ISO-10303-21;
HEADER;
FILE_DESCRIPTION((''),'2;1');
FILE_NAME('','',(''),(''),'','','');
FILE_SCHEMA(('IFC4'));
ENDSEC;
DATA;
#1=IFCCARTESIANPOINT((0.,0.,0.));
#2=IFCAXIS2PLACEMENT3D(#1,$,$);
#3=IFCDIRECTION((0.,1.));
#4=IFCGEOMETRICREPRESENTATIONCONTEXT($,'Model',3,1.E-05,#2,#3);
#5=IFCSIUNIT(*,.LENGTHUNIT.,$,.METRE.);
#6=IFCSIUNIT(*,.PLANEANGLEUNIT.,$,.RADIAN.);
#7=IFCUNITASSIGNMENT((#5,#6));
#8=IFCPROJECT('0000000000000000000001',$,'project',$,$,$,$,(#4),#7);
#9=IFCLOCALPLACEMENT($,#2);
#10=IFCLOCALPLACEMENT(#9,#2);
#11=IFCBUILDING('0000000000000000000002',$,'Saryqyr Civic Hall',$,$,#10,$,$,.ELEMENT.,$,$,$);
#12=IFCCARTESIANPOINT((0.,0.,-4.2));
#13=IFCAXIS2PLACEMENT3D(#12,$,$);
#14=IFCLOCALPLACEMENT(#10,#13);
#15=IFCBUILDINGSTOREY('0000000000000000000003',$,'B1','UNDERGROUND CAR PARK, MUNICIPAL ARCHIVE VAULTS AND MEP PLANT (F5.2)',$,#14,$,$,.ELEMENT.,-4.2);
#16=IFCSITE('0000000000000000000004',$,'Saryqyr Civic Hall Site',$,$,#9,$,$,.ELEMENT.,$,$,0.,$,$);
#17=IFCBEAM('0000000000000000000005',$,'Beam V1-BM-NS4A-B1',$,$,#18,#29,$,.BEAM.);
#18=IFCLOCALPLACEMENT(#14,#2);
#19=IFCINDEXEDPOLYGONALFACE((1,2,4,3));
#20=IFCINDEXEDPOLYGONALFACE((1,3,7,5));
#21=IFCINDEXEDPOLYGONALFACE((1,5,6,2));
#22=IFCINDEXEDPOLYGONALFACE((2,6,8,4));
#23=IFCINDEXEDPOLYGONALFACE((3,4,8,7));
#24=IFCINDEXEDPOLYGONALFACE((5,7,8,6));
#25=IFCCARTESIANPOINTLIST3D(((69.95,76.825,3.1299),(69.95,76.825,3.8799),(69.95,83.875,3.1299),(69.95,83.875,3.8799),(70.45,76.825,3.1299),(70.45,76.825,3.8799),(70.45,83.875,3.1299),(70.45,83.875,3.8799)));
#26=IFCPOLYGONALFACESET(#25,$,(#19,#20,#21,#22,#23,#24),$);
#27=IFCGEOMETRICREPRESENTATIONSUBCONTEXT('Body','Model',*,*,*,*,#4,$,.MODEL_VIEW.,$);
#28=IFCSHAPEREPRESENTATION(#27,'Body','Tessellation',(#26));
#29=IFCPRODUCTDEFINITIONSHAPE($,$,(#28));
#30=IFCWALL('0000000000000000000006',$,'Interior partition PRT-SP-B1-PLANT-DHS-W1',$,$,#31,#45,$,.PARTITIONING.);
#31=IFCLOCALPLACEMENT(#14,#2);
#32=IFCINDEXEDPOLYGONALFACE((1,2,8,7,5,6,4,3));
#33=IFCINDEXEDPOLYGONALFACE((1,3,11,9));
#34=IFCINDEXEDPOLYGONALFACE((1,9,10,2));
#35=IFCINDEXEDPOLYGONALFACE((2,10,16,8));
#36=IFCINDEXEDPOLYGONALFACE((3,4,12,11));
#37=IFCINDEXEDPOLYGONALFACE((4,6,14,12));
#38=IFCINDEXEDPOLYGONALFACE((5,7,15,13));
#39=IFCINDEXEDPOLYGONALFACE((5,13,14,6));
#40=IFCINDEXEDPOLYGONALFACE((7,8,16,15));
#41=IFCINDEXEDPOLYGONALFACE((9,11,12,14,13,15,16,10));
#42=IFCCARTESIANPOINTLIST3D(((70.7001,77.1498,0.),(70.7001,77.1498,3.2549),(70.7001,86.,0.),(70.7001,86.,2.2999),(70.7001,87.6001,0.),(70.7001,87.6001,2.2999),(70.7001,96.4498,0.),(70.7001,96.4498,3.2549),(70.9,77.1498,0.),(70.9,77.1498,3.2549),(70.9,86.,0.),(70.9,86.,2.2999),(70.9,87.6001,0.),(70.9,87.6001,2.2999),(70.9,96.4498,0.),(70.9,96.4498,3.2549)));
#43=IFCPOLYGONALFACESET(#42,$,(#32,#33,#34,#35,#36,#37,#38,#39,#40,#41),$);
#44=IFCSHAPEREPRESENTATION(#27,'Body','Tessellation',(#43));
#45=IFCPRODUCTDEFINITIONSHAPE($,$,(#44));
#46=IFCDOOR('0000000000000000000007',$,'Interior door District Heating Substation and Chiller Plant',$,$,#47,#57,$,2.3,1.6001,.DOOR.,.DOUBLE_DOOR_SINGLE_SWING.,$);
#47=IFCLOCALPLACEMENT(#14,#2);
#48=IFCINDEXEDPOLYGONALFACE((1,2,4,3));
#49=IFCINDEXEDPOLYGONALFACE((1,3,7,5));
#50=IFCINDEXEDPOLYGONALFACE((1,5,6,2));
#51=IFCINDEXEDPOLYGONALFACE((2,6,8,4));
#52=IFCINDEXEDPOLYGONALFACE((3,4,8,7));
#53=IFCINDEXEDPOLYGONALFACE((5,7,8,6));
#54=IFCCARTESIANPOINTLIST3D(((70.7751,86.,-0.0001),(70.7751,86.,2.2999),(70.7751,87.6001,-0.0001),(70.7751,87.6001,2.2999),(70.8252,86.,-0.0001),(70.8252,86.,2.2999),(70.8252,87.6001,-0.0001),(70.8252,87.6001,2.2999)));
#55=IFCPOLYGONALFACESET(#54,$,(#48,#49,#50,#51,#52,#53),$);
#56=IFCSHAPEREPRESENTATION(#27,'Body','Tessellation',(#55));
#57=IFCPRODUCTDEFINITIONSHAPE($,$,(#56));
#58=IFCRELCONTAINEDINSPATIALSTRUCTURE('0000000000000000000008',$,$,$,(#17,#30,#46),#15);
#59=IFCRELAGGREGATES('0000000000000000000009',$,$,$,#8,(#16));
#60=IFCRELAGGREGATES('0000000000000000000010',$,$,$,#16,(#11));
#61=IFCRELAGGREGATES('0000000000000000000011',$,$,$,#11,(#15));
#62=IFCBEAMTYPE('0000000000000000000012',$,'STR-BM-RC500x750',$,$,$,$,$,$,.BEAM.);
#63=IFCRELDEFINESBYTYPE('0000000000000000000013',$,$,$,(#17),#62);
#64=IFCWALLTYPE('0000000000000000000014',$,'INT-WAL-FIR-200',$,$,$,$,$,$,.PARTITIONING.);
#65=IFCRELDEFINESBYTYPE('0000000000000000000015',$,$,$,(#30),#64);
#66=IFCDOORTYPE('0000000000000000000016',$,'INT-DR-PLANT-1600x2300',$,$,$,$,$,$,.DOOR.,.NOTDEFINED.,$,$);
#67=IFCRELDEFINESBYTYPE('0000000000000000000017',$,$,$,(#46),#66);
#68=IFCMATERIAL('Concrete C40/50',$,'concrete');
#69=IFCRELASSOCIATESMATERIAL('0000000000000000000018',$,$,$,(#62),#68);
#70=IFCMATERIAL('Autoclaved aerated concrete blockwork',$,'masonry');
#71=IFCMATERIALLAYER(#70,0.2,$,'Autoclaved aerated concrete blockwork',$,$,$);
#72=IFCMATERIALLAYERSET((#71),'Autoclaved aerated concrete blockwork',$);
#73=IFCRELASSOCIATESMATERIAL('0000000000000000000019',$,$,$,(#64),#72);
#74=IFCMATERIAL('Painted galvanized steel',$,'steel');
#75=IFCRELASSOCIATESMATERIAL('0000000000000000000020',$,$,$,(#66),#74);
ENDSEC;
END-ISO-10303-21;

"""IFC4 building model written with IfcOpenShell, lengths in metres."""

from ifc_helpers import new_model, si_unit, direction, frame, frame_2d, origin, origin_2d, place, context, subcontext, project, spatial, rectangle, extrude, material, layer, layer_set, material_profile, profile_set, type_object, element, fill, save


model = new_model("IFC4")

# Units and contexts
model_context = context("Model", 3, precision=1e-05, world=origin(), true_north=direction((0.0, 1.0)))
body_context = subcontext(model_context, "Body", "Model", "MODEL_VIEW")
ifc_project = project(units=[si_unit("LENGTHUNIT", "METRE"), si_unit("PLANEANGLEUNIT", "RADIAN")], contexts=[model_context])

# Site, building, storey
site_placement = place(None, origin())
site = spatial("IfcSite", under=ifc_project, at=site_placement, Name="Saryqyr Civic Hall Site", CompositionType="ELEMENT", RefElevation=0.0)
building_placement = place(site_placement, origin())
building = spatial("IfcBuilding", under=site, at=building_placement, Name="Saryqyr Civic Hall", CompositionType="ELEMENT")
storey_placement = place(building_placement, frame((0.0, 0.0, -4.2)))
storey = spatial("IfcBuildingStorey", under=building, at=storey_placement, Name="B1", Description="UNDERGROUND CAR PARK, MUNICIPAL ARCHIVE VAULTS AND MEP PLANT (F5.2)", CompositionType="ELEMENT", Elevation=-4.2)

# Shared definitions
ifc_material_1 = material(Name="Concrete C40/50", Category="concrete")

# Beam
ifc_material_profile_1 = material_profile(ifc_material_1, rectangle(XDim=0.5, YDim=0.75, at=origin_2d()), Name="RC 500x750")
ifc_profile_set_1 = profile_set([ifc_material_profile_1], Name="Concrete C40/50")
beam_type_1 = type_object("IfcBeamType", Name="STR-BM-RC500x750", PredefinedType="BEAM", material=ifc_profile_set_1)
beam_1_placement = place(storey_placement, frame((70.2, 76.825, 3.5049), z_axis=(0.0, 1.0, 0.0), x_axis=(-1.0, 0.0, 0.0)))
element("IfcBeam", 1, at=beam_1_placement, inside=storey, type_object=beam_type_1, Name="Beam V1-BM-NS4A-B1", PredefinedType="BEAM", context=body_context, shape_type="SweptSolid", body=[
    extrude(rectangle(XDim=0.5, YDim=0.75, at=origin_2d()), origin(), (0.0, 0.0, 1.0), 7.05),
])

# Wall, opening, door
ifc_material_2 = material(Name="Autoclaved aerated concrete blockwork", Category="masonry")
ifc_layer = layer(ifc_material_2, 0.2, Name="Autoclaved aerated concrete blockwork")
ifc_layer_set = layer_set([ifc_layer], Name="Autoclaved aerated concrete blockwork")
wall_type = type_object("IfcWallType", Name="INT-WAL-FIR-200", PredefinedType="PARTITIONING", material=ifc_layer_set)
wall_placement = place(storey_placement, frame((70.8, 77.1499, 0.0), z_axis=(0.0, 0.0, 1.0), x_axis=(0.0, 1.0, 0.0)))
wall = element("IfcWall", 2, at=wall_placement, inside=storey, type_object=wall_type, Name="Interior partition PRT-SP-B1-PLANT-DHS-W1", PredefinedType="PARTITIONING", context=body_context, shape_type="SweptSolid", body=[
    extrude(rectangle(XDim=19.3, YDim=0.2, at=frame_2d((9.6499, 0.0))), origin(), (0.0, 0.0, 1.0), 3.2549),
])
opening_placement = place(wall_placement, frame((8.8501, 0.0, 0.0)))
opening = element("IfcOpeningElement", 3, at=opening_placement, cuts=wall, PredefinedType="OPENING", context=body_context, shape_type="SweptSolid", body=[
    extrude(rectangle(XDim=1.6001, YDim=2.3, at=frame_2d((0.8, 1.1499))), frame((0.0, 0.1099, 0.0), z_axis=(0.0, -1.0, 0.0), x_axis=(1.0, 0.0, 0.0)), (0.0, 0.0, 1.0), 0.22),
])
ifc_material_3 = material(Name="Painted galvanized steel", Category="steel")
door_type = type_object("IfcDoorType", Name="INT-DR-PLANT-1600x2300", OperationType="NOTDEFINED", PredefinedType="DOOR", material=ifc_material_3)
door_placement = place(opening_placement, origin())
door = element("IfcDoor", 4, at=door_placement, inside=storey, type_object=door_type, Name="Interior door District Heating Substation and Chiller Plant", OperationType="DOUBLE_DOOR_SINGLE_SWING", OverallHeight=2.3, OverallWidth=1.6001, PredefinedType="DOOR", context=body_context, shape_type="SweptSolid", body=[
    extrude(rectangle(XDim=1.6001, YDim=2.3, at=frame_2d((0.8, 1.1499))), frame((0.0, 0.0249, 0.0), z_axis=(0.0, -1.0, 0.0), x_axis=(1.0, 0.0, 0.0)), (0.0, 0.0, 1.0), 0.05),
])
fill(opening, door)

save(model, "model.ifc")
